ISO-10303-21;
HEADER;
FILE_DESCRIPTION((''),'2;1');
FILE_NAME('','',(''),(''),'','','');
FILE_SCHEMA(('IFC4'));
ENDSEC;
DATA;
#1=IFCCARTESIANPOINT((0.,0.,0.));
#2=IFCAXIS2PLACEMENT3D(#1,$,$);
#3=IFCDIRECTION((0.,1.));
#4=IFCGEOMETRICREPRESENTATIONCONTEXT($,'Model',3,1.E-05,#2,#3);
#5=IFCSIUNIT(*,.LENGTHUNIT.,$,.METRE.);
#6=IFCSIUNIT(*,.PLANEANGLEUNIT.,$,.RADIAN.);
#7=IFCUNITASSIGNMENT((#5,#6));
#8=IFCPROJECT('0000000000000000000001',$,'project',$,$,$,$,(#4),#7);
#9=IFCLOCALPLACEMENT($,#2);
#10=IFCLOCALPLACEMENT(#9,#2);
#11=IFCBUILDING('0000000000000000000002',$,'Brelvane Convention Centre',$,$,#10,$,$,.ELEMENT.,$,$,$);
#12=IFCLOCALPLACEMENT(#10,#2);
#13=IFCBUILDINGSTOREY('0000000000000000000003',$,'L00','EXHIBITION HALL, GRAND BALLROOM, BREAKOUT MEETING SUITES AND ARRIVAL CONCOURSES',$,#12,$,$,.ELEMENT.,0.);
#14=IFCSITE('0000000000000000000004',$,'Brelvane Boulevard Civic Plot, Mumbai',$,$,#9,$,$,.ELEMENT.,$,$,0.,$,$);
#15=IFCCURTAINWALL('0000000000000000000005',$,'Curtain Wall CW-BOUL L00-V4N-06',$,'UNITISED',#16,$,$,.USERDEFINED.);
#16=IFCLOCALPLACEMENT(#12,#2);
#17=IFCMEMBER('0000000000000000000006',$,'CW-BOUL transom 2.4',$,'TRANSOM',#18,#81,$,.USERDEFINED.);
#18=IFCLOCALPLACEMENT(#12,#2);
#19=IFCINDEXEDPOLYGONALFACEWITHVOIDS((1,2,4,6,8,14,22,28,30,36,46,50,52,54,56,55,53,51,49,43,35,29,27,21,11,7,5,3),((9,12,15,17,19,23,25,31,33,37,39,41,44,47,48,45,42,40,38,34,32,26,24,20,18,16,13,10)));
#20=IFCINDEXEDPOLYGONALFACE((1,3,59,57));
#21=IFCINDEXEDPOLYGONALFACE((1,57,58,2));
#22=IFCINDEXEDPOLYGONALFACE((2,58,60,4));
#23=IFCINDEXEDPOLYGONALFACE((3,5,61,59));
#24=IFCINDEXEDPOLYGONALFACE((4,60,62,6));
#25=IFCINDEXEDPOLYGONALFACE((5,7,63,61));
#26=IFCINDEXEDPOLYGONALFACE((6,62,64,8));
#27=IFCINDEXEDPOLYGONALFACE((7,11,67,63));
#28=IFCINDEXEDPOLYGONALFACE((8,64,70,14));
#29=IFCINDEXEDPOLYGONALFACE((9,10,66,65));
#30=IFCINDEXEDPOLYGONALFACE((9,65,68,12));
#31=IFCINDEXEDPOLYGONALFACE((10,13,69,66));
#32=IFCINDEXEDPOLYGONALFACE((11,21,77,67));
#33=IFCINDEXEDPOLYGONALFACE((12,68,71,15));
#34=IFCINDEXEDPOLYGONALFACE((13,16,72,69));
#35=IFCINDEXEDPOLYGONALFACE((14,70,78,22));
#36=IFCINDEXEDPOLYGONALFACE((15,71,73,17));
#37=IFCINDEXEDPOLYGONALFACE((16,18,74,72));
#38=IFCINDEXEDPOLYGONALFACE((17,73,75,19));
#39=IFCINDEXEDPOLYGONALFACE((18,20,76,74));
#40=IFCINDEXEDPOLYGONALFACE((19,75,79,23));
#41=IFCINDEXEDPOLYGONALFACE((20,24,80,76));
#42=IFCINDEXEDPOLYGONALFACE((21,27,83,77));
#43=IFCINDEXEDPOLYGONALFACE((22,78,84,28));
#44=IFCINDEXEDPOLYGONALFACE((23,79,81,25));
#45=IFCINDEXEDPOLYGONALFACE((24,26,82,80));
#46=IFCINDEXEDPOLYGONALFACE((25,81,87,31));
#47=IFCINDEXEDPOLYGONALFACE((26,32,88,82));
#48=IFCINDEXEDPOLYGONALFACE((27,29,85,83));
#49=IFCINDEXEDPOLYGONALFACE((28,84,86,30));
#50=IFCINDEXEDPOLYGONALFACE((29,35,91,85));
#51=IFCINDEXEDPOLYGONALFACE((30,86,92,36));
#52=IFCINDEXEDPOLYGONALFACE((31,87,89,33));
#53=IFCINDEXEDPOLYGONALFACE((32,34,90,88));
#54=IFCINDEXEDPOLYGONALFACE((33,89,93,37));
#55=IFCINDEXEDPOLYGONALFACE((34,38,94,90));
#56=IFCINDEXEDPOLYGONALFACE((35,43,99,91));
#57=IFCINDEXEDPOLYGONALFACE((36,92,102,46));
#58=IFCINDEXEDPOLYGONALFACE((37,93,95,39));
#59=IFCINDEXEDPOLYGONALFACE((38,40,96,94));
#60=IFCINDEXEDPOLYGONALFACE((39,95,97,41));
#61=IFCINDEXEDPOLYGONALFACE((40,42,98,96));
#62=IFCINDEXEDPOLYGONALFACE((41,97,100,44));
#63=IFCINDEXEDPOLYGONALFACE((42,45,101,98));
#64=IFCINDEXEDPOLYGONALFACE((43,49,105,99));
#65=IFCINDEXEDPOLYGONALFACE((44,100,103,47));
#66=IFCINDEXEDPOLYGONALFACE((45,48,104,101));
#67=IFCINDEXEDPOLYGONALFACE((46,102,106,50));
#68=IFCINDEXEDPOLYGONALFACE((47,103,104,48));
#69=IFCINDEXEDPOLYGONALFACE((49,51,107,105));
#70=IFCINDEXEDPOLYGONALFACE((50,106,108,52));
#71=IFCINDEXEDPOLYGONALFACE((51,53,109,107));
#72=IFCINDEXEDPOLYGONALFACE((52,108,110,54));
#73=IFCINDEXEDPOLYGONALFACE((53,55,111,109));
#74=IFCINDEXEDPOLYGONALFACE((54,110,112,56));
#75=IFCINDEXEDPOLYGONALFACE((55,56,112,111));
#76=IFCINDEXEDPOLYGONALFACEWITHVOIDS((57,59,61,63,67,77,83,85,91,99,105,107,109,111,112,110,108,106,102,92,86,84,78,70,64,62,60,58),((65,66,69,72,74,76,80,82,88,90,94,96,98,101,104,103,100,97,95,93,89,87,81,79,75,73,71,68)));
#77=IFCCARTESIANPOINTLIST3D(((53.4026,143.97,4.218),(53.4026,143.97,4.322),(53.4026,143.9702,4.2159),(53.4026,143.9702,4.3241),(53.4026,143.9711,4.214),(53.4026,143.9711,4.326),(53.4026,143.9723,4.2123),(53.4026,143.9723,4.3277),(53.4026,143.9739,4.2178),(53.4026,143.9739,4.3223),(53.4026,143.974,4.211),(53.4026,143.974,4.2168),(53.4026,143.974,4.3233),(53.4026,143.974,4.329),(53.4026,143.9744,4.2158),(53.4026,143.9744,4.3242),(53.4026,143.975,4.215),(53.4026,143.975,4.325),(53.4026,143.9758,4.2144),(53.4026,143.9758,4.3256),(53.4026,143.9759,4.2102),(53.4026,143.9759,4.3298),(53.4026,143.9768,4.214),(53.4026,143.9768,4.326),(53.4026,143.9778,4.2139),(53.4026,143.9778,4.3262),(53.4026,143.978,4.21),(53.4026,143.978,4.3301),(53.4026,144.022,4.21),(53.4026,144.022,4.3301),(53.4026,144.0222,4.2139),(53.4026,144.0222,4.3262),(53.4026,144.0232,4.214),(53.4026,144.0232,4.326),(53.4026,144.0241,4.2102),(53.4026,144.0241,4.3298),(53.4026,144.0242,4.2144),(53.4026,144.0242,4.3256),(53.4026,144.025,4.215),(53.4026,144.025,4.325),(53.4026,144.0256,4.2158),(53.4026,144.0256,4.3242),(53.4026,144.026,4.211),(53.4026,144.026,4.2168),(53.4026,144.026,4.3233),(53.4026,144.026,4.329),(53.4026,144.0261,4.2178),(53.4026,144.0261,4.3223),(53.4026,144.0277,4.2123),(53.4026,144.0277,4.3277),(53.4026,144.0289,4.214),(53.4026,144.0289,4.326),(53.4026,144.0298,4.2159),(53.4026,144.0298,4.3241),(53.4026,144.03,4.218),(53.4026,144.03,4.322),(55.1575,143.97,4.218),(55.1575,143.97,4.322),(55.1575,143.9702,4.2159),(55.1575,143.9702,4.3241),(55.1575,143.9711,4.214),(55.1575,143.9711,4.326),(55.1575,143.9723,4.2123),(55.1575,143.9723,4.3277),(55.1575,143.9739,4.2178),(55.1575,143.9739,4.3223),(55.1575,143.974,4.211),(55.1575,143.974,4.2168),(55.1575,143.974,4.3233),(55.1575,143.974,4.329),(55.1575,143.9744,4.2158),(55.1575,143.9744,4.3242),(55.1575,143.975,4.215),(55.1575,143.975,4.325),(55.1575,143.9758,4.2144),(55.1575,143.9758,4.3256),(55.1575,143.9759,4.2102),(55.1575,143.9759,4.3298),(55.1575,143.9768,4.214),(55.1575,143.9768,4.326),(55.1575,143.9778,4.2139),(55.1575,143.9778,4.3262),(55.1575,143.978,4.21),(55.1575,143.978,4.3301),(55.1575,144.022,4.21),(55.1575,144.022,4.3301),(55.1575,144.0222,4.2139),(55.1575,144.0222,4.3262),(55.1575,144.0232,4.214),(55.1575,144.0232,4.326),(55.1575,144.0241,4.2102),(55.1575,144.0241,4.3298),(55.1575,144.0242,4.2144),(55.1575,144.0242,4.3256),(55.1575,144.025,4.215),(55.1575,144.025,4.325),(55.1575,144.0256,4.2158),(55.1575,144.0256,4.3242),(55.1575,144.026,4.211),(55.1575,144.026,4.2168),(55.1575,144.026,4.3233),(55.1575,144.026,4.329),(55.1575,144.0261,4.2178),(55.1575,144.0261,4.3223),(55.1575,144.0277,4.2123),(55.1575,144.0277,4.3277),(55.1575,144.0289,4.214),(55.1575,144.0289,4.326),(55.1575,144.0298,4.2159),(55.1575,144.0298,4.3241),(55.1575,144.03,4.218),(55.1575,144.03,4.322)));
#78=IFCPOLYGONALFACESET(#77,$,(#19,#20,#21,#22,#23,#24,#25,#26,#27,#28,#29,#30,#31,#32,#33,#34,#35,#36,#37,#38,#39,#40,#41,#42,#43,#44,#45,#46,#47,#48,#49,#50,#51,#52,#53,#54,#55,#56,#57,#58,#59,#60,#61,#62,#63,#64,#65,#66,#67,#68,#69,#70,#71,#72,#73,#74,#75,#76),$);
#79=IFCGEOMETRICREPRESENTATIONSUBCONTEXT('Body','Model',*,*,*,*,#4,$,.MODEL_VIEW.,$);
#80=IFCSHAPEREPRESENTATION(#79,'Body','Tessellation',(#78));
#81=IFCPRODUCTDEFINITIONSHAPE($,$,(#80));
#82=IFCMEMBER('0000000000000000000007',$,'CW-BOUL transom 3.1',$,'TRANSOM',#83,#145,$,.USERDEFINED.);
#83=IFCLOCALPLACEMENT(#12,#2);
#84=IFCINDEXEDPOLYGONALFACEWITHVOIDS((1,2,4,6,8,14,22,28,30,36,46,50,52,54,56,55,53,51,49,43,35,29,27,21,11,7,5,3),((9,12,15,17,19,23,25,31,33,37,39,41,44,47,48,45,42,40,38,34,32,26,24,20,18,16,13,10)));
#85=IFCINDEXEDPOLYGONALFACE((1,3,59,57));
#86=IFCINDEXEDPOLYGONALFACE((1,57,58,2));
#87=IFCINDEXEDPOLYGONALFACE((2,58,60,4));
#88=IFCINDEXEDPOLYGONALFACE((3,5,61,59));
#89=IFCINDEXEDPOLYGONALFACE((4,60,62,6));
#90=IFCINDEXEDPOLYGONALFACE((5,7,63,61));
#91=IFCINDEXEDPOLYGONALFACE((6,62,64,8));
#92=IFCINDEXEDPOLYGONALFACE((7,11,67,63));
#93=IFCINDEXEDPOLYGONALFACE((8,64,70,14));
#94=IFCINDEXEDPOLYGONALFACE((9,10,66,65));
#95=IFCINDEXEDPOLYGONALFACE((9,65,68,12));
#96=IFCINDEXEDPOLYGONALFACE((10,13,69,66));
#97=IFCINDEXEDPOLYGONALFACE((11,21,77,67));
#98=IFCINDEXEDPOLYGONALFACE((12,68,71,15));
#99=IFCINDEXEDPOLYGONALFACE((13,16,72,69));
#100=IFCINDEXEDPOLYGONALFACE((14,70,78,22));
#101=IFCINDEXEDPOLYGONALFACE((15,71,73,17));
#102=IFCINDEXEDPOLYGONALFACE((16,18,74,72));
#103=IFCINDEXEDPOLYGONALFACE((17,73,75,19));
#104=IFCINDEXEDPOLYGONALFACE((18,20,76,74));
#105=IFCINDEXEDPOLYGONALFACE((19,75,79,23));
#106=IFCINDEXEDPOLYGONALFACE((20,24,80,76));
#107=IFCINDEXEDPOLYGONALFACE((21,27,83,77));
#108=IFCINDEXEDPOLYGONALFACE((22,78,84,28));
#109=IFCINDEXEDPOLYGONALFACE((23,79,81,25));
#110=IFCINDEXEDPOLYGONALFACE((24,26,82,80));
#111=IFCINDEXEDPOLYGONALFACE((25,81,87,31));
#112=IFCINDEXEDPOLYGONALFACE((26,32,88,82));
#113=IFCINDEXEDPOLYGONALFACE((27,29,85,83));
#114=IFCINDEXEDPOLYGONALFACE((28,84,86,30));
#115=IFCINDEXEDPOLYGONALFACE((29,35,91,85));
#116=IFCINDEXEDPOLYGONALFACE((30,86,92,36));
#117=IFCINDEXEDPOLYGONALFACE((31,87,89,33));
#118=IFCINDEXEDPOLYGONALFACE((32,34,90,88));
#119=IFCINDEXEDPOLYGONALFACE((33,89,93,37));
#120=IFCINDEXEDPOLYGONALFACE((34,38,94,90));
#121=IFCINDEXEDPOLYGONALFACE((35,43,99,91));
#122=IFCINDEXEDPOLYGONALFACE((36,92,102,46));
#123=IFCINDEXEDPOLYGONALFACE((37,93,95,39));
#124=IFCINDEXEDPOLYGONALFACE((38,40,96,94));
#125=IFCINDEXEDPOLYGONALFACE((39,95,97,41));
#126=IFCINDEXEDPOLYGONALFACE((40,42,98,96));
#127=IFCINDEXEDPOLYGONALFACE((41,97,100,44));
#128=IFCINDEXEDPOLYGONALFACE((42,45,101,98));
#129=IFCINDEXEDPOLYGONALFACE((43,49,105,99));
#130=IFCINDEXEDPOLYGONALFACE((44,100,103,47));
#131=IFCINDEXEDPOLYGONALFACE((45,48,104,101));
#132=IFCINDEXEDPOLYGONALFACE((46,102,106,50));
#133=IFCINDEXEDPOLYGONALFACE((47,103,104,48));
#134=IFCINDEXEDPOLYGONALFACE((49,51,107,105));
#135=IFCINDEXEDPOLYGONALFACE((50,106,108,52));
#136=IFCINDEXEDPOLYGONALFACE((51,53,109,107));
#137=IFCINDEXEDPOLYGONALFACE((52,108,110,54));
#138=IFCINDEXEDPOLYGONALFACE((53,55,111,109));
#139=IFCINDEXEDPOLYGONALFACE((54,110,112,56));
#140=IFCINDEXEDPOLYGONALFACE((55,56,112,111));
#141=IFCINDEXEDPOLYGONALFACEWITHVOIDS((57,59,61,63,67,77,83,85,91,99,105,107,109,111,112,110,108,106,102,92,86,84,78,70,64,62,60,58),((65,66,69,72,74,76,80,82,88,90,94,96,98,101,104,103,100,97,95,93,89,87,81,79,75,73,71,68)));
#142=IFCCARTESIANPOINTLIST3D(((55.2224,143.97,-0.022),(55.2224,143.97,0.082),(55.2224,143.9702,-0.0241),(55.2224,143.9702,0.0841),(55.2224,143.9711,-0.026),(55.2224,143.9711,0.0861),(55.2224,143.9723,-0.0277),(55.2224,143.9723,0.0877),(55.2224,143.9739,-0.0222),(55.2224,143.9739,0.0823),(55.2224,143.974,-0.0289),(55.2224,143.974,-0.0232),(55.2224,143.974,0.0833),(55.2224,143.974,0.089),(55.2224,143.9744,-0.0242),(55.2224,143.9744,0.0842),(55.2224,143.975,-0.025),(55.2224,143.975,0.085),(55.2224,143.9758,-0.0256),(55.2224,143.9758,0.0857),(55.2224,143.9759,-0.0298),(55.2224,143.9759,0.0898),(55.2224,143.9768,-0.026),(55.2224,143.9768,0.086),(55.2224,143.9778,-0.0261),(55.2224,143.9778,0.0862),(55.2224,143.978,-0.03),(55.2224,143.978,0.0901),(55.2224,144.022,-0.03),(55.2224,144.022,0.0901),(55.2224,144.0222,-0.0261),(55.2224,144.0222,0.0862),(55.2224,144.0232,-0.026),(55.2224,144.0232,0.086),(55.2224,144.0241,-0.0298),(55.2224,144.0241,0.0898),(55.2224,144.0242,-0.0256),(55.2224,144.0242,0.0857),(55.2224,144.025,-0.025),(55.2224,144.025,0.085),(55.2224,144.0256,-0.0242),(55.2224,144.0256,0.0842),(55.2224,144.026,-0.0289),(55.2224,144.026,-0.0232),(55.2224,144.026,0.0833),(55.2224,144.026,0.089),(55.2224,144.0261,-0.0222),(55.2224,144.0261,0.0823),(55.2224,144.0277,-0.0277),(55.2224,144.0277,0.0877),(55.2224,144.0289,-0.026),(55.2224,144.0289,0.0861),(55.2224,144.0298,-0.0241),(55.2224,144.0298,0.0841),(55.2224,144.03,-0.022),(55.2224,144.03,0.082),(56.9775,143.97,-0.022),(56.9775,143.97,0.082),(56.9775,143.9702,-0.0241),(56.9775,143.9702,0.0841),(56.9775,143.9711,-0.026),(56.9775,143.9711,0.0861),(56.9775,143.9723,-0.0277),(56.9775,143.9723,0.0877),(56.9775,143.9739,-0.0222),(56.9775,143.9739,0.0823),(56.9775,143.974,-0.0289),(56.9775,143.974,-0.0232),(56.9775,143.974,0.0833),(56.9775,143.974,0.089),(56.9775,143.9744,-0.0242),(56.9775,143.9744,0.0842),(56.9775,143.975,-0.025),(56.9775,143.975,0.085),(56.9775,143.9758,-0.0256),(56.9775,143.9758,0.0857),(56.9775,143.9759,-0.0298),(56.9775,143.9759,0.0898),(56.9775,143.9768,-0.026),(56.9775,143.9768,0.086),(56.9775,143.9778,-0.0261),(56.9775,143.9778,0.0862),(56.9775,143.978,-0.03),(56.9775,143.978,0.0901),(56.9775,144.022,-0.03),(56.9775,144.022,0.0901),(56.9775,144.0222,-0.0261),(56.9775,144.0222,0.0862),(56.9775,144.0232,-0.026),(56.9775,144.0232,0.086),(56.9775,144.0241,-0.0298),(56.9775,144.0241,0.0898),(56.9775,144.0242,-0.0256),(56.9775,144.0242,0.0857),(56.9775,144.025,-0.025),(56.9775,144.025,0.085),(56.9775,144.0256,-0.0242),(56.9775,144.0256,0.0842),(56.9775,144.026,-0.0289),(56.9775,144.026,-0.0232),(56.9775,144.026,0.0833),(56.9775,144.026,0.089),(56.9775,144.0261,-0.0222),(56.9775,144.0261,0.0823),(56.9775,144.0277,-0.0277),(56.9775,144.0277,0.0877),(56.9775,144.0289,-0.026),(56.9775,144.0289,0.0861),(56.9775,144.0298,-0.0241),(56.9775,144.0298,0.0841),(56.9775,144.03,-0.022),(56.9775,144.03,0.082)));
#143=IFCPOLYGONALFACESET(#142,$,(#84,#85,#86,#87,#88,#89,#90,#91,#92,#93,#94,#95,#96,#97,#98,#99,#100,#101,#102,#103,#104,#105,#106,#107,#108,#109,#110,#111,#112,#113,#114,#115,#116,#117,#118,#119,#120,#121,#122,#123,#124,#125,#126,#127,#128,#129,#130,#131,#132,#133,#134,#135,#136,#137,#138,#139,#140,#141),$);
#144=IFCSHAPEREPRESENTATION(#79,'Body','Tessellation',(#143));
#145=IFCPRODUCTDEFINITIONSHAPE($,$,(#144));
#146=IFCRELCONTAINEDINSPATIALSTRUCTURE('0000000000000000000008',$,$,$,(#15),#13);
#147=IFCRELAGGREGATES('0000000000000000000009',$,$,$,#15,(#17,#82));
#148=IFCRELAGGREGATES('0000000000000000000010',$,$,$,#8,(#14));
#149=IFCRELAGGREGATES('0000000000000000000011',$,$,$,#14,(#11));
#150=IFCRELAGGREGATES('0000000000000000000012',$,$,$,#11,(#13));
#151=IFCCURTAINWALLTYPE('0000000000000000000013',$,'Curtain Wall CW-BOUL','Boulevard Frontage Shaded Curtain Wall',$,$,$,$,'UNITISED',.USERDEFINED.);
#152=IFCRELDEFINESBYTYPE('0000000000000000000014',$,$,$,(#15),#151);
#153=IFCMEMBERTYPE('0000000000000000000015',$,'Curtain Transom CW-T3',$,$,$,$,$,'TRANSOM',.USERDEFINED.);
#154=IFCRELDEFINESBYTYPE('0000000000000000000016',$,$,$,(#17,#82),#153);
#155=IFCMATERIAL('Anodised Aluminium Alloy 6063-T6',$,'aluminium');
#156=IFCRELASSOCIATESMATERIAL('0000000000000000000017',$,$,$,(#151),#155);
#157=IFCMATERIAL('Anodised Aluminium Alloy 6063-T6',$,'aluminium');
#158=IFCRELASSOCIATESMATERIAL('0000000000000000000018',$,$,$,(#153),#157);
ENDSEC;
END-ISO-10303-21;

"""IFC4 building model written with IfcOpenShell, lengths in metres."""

from ifc_helpers import new_model, si_unit, direction, frame, origin, origin_2d, place, context, subcontext, project, spatial, hollow_rectangle, extrude, material, material_profile, profile_set, type_object, element, aggregate, save


model = new_model("IFC4")

# Units and contexts
model_context = context("Model", 3, precision=1e-05, world=origin(), true_north=direction((0.0, 1.0)))
body_context = subcontext(model_context, "Body", "Model", "MODEL_VIEW")
ifc_project = project(units=[si_unit("LENGTHUNIT", "METRE"), si_unit("PLANEANGLEUNIT", "RADIAN")], contexts=[model_context])

# Site, building, storey
site_placement = place(None, origin())
site = spatial("IfcSite", under=ifc_project, at=site_placement, Name="Brelvane Boulevard Civic Plot, Mumbai", CompositionType="ELEMENT", RefElevation=0.0)
building_placement = place(site_placement, origin())
building = spatial("IfcBuilding", under=site, at=building_placement, Name="Brelvane Convention Centre", CompositionType="ELEMENT")
storey_placement = place(building_placement, origin())
storey = spatial("IfcBuildingStorey", under=building, at=storey_placement, Name="L00", Description="EXHIBITION HALL, GRAND BALLROOM, BREAKOUT MEETING SUITES AND ARRIVAL CONCOURSES", CompositionType="ELEMENT", Elevation=0.0)

# Curtain wall, members
ifc_material_1 = material(Name="Anodised Aluminium Alloy 6063-T6", Category="aluminium")
curtain_wall_type = type_object("IfcCurtainWallType", Name="Curtain Wall CW-BOUL", Description="Boulevard Frontage Shaded Curtain Wall", ElementType="UNITISED", PredefinedType="USERDEFINED", material=ifc_material_1)
curtain_wall_placement = place(storey_placement, origin())
curtain_wall = element("IfcCurtainWall", 1, at=curtain_wall_placement, inside=storey, type_object=curtain_wall_type, Name="Curtain Wall CW-BOUL L00-V4N-06", ObjectType="UNITISED", PredefinedType="USERDEFINED")
ifc_material_2 = material(Name="Anodised Aluminium Alloy 6063-T6", Category="aluminium")
ifc_material_profile_1 = material_profile(ifc_material_2, hollow_rectangle(XDim=0.0601, YDim=0.1201, WallThickness=0.0039, InnerFilletRadius=0.0039, OuterFilletRadius=0.0081, at=origin_2d()), Name="ALU-T 120x60x4.0")
ifc_profile_set_1 = profile_set([ifc_material_profile_1], Name="Anodised Aluminium Alloy 6063-T6")
member_type_1 = type_object("IfcMemberType", Name="Curtain Transom CW-T3", ElementType="TRANSOM", PredefinedType="USERDEFINED", material=ifc_profile_set_1)
member_1_placement = place(storey_placement, frame((53.4026, 144.0, 4.27), z_axis=(1.0, 0.0, 0.0), x_axis=(0.0, 1.0, 0.0)))
member_1 = element("IfcMember", 2, at=member_1_placement, type_object=member_type_1, Name="CW-BOUL transom 2.4", ObjectType="TRANSOM", PredefinedType="USERDEFINED", context=body_context, shape_type="SweptSolid", body=[
    extrude(hollow_rectangle(XDim=0.0601, YDim=0.1201, WallThickness=0.0039, InnerFilletRadius=0.0039, OuterFilletRadius=0.0081, at=origin_2d()), origin(), (0.0, 0.0, 1.0), 1.7549),
])
member_2_placement = place(storey_placement, frame((55.2224, 144.0, 0.03), z_axis=(1.0, 0.0, 0.0), x_axis=(0.0, 1.0, 0.0)))
member_2 = element("IfcMember", 3, at=member_2_placement, type_object=member_type_1, Name="CW-BOUL transom 3.1", ObjectType="TRANSOM", PredefinedType="USERDEFINED", context=body_context, shape_type="SweptSolid", body=[
    extrude(hollow_rectangle(XDim=0.0601, YDim=0.1201, WallThickness=0.0039, InnerFilletRadius=0.0039, OuterFilletRadius=0.0081, at=origin_2d()), origin(), (0.0, 0.0, 1.0), 1.7551),
])
aggregate(curtain_wall, [member_1, member_2])

save(model, "model.ifc")
